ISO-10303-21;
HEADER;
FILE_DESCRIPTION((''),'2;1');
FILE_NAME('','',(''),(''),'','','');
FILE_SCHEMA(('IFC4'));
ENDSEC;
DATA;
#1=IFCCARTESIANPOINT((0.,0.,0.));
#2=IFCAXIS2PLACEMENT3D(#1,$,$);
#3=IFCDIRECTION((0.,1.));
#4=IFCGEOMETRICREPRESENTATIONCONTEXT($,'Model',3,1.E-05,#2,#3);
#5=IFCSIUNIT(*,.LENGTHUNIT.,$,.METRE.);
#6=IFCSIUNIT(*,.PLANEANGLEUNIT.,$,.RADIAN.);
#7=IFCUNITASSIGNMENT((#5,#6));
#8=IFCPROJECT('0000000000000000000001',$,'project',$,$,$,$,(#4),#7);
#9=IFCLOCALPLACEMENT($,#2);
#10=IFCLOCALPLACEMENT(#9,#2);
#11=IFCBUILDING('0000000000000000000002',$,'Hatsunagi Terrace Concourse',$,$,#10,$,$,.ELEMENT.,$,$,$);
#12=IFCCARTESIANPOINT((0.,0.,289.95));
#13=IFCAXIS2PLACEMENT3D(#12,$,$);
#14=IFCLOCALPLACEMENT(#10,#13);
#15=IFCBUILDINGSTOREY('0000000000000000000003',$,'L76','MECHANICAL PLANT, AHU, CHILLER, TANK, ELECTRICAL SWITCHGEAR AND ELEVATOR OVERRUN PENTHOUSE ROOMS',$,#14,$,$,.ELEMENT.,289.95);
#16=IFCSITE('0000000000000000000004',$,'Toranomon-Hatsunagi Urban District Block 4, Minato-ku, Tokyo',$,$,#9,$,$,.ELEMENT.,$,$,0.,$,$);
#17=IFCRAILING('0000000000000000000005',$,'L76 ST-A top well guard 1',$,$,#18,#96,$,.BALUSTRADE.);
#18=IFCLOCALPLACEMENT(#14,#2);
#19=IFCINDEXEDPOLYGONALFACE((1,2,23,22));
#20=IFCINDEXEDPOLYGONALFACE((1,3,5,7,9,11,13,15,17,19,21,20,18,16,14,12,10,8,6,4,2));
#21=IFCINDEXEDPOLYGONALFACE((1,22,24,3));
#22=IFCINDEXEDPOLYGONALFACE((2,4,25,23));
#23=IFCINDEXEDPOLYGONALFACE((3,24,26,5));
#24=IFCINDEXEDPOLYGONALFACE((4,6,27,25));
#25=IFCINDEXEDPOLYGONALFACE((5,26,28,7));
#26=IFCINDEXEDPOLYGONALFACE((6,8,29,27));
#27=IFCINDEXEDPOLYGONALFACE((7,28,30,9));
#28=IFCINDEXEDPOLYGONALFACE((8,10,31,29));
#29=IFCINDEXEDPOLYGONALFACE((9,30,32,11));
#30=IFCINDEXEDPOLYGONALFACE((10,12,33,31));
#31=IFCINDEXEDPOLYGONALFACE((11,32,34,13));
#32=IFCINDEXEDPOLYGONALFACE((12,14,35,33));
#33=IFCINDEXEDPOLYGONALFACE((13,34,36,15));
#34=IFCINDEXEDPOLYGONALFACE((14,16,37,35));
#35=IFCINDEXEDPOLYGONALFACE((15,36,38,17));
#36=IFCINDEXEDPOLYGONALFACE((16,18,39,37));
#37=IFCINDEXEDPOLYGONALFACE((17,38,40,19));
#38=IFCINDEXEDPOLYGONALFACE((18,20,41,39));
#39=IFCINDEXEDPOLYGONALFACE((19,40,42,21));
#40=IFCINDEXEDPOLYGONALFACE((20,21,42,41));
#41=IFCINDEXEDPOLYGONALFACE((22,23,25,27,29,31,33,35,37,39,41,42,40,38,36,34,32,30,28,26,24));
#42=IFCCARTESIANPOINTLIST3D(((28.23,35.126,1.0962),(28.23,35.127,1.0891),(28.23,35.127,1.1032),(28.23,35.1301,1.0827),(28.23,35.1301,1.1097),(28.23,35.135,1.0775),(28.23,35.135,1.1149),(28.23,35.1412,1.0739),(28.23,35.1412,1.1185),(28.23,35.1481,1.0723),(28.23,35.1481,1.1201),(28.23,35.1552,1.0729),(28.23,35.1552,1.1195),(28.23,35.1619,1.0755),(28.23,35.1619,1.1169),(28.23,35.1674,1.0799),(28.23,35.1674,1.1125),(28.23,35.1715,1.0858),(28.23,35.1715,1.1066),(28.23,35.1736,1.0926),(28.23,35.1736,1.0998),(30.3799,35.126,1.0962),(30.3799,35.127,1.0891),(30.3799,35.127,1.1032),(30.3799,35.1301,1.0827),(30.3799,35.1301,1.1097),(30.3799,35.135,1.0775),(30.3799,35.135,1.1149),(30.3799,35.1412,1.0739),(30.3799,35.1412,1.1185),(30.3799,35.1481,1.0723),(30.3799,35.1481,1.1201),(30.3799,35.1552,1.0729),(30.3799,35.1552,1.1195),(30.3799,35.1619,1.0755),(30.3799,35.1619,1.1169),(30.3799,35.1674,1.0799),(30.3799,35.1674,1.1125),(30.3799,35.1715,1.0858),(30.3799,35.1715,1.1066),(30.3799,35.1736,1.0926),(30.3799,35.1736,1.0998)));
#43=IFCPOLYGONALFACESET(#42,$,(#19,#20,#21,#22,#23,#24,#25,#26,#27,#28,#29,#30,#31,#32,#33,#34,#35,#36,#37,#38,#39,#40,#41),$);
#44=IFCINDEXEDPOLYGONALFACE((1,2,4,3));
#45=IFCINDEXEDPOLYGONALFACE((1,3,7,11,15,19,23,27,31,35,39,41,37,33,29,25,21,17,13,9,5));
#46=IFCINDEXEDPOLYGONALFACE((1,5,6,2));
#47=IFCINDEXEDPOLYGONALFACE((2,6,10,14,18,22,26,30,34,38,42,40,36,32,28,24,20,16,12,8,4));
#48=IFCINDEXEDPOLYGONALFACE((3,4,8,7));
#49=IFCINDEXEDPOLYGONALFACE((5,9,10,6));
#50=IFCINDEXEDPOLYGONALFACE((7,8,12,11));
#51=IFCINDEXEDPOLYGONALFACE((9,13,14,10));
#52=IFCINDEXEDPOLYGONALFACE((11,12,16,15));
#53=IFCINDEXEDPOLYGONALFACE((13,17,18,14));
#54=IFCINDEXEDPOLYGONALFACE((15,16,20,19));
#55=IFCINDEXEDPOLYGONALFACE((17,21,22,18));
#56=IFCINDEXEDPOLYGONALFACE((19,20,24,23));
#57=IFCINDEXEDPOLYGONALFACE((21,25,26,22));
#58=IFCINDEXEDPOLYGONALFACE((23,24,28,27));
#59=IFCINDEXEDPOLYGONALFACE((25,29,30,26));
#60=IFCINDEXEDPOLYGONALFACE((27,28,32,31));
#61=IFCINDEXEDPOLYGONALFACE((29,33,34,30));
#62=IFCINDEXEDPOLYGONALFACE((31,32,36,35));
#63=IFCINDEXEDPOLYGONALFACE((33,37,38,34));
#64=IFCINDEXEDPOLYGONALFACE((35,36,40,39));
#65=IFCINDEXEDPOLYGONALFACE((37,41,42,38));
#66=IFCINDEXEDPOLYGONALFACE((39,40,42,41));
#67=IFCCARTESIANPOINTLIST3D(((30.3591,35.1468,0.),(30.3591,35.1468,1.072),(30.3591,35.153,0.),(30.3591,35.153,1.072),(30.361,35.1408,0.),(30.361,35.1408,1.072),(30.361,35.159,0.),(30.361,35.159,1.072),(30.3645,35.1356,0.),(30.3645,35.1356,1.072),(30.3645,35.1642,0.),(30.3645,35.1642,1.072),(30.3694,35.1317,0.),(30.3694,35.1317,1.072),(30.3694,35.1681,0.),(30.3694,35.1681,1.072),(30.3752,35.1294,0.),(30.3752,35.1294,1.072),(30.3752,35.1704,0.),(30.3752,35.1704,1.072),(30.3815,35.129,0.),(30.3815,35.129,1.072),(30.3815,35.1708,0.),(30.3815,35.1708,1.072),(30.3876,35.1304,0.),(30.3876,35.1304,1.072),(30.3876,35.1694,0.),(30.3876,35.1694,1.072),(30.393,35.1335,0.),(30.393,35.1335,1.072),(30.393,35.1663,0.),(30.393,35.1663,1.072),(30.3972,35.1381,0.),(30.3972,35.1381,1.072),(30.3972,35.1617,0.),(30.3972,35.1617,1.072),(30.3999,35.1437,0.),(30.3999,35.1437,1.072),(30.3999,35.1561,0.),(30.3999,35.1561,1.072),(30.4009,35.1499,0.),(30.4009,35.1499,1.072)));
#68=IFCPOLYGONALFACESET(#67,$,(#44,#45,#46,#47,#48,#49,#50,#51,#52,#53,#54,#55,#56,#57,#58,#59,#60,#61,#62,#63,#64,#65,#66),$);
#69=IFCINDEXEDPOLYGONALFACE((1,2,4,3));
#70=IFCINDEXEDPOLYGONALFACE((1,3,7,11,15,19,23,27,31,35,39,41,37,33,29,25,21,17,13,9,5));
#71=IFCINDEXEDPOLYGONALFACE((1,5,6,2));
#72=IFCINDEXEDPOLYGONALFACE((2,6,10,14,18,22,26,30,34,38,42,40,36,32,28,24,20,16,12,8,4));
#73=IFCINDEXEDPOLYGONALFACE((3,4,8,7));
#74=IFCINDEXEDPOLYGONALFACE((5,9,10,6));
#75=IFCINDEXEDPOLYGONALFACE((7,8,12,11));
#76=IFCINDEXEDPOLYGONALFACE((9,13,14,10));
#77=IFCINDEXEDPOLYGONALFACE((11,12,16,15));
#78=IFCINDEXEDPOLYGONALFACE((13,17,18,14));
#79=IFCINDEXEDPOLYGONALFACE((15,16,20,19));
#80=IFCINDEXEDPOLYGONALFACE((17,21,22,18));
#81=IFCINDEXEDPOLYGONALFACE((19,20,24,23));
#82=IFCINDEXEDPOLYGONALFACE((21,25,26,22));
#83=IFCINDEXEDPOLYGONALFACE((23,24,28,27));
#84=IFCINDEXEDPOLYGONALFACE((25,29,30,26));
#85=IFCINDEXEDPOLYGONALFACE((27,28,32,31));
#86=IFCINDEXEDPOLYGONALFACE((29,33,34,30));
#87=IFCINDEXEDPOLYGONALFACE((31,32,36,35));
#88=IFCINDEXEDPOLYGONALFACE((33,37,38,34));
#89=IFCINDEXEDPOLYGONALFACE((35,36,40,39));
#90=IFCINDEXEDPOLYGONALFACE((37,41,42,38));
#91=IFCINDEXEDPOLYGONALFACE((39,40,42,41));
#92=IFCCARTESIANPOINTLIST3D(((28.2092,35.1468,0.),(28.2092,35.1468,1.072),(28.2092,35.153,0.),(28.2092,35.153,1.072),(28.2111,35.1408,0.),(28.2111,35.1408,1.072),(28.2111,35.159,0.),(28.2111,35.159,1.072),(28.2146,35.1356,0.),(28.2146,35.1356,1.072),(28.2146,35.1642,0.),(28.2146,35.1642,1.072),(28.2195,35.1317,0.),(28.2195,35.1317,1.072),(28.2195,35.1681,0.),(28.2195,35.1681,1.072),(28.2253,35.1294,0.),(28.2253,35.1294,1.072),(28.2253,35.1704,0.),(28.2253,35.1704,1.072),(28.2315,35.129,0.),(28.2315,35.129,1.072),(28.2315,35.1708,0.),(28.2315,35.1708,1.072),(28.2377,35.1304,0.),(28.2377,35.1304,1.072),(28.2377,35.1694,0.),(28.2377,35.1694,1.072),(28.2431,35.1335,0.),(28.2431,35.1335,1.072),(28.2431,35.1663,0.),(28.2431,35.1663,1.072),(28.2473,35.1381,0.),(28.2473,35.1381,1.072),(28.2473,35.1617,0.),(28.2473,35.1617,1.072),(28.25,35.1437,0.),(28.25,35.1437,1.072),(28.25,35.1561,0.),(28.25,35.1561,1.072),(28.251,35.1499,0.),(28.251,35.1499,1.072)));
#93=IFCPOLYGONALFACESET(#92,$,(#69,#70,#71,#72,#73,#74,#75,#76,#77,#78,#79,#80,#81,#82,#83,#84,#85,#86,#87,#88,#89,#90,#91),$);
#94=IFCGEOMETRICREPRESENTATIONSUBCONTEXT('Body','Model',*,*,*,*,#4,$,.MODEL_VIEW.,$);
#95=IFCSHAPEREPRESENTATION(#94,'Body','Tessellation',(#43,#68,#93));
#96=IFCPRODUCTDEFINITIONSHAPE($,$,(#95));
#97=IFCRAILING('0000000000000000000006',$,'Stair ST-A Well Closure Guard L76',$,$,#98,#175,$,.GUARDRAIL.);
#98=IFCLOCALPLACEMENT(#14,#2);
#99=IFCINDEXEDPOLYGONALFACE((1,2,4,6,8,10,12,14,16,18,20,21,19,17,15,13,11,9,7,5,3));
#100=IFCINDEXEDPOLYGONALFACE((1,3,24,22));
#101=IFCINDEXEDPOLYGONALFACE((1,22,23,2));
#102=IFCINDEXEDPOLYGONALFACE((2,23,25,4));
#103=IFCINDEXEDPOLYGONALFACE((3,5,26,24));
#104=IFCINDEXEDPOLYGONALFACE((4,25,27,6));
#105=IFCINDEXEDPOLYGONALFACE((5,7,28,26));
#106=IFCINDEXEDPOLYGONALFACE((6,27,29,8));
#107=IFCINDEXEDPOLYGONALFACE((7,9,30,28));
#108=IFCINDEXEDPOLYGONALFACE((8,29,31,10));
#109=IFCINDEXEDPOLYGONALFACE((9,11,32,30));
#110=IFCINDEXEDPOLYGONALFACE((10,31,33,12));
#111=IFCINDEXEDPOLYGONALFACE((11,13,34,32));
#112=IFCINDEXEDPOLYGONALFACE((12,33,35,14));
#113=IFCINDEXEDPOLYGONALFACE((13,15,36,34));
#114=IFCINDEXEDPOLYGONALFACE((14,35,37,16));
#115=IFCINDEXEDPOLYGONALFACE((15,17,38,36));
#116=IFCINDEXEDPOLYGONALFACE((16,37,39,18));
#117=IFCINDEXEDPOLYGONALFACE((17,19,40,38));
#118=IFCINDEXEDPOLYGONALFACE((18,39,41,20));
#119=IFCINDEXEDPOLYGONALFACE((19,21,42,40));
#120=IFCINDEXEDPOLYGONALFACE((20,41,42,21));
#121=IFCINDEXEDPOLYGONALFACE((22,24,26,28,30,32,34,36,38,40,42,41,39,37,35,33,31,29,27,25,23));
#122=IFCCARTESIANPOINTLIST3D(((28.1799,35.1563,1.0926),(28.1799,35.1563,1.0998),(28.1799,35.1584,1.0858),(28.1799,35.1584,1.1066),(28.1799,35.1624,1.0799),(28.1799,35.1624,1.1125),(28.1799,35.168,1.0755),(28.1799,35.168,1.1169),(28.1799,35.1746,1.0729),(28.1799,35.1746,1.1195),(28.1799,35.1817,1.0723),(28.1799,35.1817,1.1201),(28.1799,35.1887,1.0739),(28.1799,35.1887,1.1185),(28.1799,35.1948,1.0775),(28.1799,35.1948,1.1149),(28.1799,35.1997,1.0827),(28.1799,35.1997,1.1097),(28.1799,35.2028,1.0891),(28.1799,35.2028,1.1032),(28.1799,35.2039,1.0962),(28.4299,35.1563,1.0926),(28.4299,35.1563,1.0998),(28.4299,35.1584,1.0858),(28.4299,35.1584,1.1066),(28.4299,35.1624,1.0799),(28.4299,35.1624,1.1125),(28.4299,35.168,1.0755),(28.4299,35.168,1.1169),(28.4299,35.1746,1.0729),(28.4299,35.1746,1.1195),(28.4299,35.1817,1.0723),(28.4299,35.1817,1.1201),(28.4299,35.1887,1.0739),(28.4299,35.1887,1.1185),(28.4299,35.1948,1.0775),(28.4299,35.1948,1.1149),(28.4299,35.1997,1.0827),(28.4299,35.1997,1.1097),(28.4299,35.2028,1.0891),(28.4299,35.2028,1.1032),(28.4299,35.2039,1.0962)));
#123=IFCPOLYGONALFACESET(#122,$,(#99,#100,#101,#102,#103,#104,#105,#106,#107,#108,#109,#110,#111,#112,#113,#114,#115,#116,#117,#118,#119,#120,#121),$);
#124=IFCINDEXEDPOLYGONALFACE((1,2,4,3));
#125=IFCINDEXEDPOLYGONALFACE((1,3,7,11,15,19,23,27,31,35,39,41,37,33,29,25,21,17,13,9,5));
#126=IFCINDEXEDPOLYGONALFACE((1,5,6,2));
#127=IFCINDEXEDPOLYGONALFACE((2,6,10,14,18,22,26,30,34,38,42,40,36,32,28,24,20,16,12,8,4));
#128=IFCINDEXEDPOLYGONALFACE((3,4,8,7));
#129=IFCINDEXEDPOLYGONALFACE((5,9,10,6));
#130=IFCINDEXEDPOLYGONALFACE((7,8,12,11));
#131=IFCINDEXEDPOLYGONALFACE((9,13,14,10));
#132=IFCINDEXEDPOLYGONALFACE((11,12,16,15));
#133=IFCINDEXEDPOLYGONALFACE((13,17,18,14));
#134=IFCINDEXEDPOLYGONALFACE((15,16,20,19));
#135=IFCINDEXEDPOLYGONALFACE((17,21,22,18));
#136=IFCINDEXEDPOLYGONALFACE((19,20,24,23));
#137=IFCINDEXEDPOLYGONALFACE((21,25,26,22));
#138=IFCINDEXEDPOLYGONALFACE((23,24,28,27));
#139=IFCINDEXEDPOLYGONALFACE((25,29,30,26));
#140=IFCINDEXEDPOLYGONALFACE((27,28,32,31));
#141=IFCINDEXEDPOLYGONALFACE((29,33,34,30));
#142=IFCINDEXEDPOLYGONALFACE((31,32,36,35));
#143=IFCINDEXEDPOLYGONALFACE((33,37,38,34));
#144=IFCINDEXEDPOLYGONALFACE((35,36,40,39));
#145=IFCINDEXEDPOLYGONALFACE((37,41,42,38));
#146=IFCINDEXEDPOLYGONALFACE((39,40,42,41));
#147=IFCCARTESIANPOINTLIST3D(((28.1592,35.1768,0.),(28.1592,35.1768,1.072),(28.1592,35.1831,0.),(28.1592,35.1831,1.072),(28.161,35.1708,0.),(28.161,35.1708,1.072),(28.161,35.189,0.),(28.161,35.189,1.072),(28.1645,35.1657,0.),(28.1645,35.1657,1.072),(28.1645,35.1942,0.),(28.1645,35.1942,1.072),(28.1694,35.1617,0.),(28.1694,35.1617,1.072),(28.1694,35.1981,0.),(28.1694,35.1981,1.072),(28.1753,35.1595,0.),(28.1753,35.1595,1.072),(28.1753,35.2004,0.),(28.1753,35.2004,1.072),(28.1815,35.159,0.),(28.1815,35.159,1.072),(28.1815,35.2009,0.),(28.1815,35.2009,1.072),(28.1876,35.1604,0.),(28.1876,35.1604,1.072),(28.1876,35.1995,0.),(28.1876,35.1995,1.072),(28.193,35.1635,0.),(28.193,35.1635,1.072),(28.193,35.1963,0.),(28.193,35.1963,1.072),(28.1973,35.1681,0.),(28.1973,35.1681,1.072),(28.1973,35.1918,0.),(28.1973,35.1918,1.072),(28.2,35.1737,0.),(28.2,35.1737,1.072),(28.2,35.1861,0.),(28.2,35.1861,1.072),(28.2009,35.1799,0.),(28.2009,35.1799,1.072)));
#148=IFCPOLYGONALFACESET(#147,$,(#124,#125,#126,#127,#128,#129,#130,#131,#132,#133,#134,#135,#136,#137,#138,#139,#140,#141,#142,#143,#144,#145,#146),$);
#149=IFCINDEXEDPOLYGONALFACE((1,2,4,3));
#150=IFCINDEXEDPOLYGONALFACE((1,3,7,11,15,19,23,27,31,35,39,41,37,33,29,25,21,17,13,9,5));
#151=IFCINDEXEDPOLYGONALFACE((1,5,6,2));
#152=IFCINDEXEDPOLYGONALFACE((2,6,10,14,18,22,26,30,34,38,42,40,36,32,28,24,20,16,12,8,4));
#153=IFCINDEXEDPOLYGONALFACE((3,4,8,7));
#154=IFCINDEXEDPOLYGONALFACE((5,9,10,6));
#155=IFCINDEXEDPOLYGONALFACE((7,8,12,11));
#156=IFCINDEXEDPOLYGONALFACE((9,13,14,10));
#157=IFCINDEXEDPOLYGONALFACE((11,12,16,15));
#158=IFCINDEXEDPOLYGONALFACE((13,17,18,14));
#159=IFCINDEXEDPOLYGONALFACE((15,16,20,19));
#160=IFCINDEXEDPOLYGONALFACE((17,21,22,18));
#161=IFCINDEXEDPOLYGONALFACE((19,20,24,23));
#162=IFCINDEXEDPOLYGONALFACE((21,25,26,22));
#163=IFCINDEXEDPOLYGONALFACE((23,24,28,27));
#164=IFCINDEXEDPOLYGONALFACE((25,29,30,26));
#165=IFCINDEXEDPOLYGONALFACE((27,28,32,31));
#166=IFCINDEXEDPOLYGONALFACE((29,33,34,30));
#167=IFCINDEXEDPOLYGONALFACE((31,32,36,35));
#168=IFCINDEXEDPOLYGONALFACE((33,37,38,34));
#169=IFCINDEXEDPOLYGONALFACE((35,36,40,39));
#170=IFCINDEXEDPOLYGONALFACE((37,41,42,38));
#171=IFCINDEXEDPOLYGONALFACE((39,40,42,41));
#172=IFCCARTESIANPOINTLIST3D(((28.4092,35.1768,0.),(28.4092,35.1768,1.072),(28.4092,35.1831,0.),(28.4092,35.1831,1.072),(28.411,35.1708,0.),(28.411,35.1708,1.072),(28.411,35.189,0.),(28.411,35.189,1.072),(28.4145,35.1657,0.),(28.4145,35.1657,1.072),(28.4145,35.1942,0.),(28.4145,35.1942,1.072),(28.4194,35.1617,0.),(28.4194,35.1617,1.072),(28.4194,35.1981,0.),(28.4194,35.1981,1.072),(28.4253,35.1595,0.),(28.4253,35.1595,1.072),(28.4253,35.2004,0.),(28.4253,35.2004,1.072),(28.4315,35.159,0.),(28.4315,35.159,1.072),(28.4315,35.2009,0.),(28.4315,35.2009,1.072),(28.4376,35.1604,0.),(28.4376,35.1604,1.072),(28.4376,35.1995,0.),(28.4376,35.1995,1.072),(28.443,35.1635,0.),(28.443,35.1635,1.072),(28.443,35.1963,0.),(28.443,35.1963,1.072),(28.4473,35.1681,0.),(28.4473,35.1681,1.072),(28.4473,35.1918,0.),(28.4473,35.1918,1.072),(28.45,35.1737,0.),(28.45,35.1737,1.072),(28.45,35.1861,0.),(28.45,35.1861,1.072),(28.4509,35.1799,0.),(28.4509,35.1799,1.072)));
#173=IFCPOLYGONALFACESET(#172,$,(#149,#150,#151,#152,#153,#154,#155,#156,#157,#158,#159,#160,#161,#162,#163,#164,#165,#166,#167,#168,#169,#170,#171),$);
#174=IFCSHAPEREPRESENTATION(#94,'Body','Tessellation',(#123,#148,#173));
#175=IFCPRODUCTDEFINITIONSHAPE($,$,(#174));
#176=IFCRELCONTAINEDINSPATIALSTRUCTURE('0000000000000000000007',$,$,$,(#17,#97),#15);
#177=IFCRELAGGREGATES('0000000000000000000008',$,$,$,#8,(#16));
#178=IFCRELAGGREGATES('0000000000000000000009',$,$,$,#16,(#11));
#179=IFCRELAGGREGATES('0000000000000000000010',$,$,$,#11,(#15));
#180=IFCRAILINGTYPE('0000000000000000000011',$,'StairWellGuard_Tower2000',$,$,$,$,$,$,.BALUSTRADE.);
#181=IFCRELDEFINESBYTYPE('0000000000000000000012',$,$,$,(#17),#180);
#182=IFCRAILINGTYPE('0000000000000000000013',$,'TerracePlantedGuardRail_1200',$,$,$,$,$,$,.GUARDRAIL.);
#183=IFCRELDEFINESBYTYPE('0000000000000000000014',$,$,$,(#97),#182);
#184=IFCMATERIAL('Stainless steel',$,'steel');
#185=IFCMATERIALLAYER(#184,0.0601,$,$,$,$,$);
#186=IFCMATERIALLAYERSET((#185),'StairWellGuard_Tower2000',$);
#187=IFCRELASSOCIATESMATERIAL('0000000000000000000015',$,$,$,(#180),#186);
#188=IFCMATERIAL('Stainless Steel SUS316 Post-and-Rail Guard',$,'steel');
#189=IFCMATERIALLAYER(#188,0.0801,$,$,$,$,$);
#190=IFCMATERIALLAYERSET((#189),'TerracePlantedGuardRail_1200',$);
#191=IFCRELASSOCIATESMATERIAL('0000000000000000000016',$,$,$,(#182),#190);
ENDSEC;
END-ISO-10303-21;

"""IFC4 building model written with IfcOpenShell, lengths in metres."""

from ifc_helpers import new_model, si_unit, direction, frame, origin, origin_2d, place, context, subcontext, project, spatial, circle, extrude, material, layer, layer_set, type_object, element, save


model = new_model("IFC4")

# Units and contexts
model_context = context("Model", 3, precision=1e-05, world=origin(), true_north=direction((0.0, 1.0)))
body_context = subcontext(model_context, "Body", "Model", "MODEL_VIEW")
ifc_project = project(units=[si_unit("LENGTHUNIT", "METRE"), si_unit("PLANEANGLEUNIT", "RADIAN")], contexts=[model_context])

# Site, building, storey
site_placement = place(None, origin())
site = spatial("IfcSite", under=ifc_project, at=site_placement, Name="Toranomon-Hatsunagi Urban District Block 4, Minato-ku, Tokyo", CompositionType="ELEMENT", RefElevation=0.0)
building_placement = place(site_placement, origin())
building = spatial("IfcBuilding", under=site, at=building_placement, Name="Hatsunagi Terrace Concourse", CompositionType="ELEMENT")
storey_placement = place(building_placement, frame((0.0, 0.0, 289.95)))
storey = spatial("IfcBuildingStorey", under=building, at=storey_placement, Name="L76", Description="MECHANICAL PLANT, AHU, CHILLER, TANK, ELECTRICAL SWITCHGEAR AND ELEVATOR OVERRUN PENTHOUSE ROOMS", CompositionType="ELEMENT", Elevation=289.95)

# Railings
ifc_material_1 = material(Name="Stainless steel", Category="steel")
ifc_layer_1 = layer(ifc_material_1, 0.0601)
ifc_layer_set_1 = layer_set([ifc_layer_1], Name="StairWellGuard_Tower2000")
railing_type_1 = type_object("IfcRailingType", Name="StairWellGuard_Tower2000", PredefinedType="BALUSTRADE", material=ifc_layer_set_1)
railing_1_placement = place(storey_placement, frame((30.3799, 35.1499, 0.0)))
element("IfcRailing", 1, at=railing_1_placement, inside=storey, type_object=railing_type_1, Name="L76 ST-A top well guard 1", PredefinedType="BALUSTRADE", context=body_context, shape_type="SweptSolid", body=[
    extrude(circle(Radius=0.0239, at=origin_2d()), frame((0.0, 0.0, 1.0962), z_axis=(-1.0, 0.0, 0.0), x_axis=(0.0, -1.0, 0.0)), (0.0, 0.0, 1.0), 2.1499),
    extrude(circle(Radius=0.021, at=origin_2d()), origin(), (0.0, 0.0, 1.0), 1.072),
    extrude(circle(Radius=0.021, at=origin_2d()), frame((-2.1499, 0.0, 0.0)), (0.0, 0.0, 1.0), 1.072),
])
ifc_material_2 = material(Name="Stainless Steel SUS316 Post-and-Rail Guard", Category="steel")
ifc_layer_2 = layer(ifc_material_2, 0.0801)
ifc_layer_set_2 = layer_set([ifc_layer_2], Name="TerracePlantedGuardRail_1200")
railing_type_2 = type_object("IfcRailingType", Name="TerracePlantedGuardRail_1200", PredefinedType="GUARDRAIL", material=ifc_layer_set_2)
railing_2_placement = place(storey_placement, frame((28.1799, 35.1799, 0.0)))
element("IfcRailing", 2, at=railing_2_placement, inside=storey, type_object=railing_type_2, Name="Stair ST-A Well Closure Guard L76", PredefinedType="GUARDRAIL", context=body_context, shape_type="SweptSolid", body=[
    extrude(circle(Radius=0.0239, at=origin_2d()), frame((0.0, 0.0, 1.0962), z_axis=(1.0, 0.0, 0.0), x_axis=(0.0, 1.0, 0.0)), (0.0, 0.0, 1.0), 0.25),
    extrude(circle(Radius=0.021, at=origin_2d()), origin(), (0.0, 0.0, 1.0), 1.072),
    extrude(circle(Radius=0.021, at=origin_2d()), frame((0.25, 0.0, 0.0)), (0.0, 0.0, 1.0), 1.072),
])

save(model, "model.ifc")
